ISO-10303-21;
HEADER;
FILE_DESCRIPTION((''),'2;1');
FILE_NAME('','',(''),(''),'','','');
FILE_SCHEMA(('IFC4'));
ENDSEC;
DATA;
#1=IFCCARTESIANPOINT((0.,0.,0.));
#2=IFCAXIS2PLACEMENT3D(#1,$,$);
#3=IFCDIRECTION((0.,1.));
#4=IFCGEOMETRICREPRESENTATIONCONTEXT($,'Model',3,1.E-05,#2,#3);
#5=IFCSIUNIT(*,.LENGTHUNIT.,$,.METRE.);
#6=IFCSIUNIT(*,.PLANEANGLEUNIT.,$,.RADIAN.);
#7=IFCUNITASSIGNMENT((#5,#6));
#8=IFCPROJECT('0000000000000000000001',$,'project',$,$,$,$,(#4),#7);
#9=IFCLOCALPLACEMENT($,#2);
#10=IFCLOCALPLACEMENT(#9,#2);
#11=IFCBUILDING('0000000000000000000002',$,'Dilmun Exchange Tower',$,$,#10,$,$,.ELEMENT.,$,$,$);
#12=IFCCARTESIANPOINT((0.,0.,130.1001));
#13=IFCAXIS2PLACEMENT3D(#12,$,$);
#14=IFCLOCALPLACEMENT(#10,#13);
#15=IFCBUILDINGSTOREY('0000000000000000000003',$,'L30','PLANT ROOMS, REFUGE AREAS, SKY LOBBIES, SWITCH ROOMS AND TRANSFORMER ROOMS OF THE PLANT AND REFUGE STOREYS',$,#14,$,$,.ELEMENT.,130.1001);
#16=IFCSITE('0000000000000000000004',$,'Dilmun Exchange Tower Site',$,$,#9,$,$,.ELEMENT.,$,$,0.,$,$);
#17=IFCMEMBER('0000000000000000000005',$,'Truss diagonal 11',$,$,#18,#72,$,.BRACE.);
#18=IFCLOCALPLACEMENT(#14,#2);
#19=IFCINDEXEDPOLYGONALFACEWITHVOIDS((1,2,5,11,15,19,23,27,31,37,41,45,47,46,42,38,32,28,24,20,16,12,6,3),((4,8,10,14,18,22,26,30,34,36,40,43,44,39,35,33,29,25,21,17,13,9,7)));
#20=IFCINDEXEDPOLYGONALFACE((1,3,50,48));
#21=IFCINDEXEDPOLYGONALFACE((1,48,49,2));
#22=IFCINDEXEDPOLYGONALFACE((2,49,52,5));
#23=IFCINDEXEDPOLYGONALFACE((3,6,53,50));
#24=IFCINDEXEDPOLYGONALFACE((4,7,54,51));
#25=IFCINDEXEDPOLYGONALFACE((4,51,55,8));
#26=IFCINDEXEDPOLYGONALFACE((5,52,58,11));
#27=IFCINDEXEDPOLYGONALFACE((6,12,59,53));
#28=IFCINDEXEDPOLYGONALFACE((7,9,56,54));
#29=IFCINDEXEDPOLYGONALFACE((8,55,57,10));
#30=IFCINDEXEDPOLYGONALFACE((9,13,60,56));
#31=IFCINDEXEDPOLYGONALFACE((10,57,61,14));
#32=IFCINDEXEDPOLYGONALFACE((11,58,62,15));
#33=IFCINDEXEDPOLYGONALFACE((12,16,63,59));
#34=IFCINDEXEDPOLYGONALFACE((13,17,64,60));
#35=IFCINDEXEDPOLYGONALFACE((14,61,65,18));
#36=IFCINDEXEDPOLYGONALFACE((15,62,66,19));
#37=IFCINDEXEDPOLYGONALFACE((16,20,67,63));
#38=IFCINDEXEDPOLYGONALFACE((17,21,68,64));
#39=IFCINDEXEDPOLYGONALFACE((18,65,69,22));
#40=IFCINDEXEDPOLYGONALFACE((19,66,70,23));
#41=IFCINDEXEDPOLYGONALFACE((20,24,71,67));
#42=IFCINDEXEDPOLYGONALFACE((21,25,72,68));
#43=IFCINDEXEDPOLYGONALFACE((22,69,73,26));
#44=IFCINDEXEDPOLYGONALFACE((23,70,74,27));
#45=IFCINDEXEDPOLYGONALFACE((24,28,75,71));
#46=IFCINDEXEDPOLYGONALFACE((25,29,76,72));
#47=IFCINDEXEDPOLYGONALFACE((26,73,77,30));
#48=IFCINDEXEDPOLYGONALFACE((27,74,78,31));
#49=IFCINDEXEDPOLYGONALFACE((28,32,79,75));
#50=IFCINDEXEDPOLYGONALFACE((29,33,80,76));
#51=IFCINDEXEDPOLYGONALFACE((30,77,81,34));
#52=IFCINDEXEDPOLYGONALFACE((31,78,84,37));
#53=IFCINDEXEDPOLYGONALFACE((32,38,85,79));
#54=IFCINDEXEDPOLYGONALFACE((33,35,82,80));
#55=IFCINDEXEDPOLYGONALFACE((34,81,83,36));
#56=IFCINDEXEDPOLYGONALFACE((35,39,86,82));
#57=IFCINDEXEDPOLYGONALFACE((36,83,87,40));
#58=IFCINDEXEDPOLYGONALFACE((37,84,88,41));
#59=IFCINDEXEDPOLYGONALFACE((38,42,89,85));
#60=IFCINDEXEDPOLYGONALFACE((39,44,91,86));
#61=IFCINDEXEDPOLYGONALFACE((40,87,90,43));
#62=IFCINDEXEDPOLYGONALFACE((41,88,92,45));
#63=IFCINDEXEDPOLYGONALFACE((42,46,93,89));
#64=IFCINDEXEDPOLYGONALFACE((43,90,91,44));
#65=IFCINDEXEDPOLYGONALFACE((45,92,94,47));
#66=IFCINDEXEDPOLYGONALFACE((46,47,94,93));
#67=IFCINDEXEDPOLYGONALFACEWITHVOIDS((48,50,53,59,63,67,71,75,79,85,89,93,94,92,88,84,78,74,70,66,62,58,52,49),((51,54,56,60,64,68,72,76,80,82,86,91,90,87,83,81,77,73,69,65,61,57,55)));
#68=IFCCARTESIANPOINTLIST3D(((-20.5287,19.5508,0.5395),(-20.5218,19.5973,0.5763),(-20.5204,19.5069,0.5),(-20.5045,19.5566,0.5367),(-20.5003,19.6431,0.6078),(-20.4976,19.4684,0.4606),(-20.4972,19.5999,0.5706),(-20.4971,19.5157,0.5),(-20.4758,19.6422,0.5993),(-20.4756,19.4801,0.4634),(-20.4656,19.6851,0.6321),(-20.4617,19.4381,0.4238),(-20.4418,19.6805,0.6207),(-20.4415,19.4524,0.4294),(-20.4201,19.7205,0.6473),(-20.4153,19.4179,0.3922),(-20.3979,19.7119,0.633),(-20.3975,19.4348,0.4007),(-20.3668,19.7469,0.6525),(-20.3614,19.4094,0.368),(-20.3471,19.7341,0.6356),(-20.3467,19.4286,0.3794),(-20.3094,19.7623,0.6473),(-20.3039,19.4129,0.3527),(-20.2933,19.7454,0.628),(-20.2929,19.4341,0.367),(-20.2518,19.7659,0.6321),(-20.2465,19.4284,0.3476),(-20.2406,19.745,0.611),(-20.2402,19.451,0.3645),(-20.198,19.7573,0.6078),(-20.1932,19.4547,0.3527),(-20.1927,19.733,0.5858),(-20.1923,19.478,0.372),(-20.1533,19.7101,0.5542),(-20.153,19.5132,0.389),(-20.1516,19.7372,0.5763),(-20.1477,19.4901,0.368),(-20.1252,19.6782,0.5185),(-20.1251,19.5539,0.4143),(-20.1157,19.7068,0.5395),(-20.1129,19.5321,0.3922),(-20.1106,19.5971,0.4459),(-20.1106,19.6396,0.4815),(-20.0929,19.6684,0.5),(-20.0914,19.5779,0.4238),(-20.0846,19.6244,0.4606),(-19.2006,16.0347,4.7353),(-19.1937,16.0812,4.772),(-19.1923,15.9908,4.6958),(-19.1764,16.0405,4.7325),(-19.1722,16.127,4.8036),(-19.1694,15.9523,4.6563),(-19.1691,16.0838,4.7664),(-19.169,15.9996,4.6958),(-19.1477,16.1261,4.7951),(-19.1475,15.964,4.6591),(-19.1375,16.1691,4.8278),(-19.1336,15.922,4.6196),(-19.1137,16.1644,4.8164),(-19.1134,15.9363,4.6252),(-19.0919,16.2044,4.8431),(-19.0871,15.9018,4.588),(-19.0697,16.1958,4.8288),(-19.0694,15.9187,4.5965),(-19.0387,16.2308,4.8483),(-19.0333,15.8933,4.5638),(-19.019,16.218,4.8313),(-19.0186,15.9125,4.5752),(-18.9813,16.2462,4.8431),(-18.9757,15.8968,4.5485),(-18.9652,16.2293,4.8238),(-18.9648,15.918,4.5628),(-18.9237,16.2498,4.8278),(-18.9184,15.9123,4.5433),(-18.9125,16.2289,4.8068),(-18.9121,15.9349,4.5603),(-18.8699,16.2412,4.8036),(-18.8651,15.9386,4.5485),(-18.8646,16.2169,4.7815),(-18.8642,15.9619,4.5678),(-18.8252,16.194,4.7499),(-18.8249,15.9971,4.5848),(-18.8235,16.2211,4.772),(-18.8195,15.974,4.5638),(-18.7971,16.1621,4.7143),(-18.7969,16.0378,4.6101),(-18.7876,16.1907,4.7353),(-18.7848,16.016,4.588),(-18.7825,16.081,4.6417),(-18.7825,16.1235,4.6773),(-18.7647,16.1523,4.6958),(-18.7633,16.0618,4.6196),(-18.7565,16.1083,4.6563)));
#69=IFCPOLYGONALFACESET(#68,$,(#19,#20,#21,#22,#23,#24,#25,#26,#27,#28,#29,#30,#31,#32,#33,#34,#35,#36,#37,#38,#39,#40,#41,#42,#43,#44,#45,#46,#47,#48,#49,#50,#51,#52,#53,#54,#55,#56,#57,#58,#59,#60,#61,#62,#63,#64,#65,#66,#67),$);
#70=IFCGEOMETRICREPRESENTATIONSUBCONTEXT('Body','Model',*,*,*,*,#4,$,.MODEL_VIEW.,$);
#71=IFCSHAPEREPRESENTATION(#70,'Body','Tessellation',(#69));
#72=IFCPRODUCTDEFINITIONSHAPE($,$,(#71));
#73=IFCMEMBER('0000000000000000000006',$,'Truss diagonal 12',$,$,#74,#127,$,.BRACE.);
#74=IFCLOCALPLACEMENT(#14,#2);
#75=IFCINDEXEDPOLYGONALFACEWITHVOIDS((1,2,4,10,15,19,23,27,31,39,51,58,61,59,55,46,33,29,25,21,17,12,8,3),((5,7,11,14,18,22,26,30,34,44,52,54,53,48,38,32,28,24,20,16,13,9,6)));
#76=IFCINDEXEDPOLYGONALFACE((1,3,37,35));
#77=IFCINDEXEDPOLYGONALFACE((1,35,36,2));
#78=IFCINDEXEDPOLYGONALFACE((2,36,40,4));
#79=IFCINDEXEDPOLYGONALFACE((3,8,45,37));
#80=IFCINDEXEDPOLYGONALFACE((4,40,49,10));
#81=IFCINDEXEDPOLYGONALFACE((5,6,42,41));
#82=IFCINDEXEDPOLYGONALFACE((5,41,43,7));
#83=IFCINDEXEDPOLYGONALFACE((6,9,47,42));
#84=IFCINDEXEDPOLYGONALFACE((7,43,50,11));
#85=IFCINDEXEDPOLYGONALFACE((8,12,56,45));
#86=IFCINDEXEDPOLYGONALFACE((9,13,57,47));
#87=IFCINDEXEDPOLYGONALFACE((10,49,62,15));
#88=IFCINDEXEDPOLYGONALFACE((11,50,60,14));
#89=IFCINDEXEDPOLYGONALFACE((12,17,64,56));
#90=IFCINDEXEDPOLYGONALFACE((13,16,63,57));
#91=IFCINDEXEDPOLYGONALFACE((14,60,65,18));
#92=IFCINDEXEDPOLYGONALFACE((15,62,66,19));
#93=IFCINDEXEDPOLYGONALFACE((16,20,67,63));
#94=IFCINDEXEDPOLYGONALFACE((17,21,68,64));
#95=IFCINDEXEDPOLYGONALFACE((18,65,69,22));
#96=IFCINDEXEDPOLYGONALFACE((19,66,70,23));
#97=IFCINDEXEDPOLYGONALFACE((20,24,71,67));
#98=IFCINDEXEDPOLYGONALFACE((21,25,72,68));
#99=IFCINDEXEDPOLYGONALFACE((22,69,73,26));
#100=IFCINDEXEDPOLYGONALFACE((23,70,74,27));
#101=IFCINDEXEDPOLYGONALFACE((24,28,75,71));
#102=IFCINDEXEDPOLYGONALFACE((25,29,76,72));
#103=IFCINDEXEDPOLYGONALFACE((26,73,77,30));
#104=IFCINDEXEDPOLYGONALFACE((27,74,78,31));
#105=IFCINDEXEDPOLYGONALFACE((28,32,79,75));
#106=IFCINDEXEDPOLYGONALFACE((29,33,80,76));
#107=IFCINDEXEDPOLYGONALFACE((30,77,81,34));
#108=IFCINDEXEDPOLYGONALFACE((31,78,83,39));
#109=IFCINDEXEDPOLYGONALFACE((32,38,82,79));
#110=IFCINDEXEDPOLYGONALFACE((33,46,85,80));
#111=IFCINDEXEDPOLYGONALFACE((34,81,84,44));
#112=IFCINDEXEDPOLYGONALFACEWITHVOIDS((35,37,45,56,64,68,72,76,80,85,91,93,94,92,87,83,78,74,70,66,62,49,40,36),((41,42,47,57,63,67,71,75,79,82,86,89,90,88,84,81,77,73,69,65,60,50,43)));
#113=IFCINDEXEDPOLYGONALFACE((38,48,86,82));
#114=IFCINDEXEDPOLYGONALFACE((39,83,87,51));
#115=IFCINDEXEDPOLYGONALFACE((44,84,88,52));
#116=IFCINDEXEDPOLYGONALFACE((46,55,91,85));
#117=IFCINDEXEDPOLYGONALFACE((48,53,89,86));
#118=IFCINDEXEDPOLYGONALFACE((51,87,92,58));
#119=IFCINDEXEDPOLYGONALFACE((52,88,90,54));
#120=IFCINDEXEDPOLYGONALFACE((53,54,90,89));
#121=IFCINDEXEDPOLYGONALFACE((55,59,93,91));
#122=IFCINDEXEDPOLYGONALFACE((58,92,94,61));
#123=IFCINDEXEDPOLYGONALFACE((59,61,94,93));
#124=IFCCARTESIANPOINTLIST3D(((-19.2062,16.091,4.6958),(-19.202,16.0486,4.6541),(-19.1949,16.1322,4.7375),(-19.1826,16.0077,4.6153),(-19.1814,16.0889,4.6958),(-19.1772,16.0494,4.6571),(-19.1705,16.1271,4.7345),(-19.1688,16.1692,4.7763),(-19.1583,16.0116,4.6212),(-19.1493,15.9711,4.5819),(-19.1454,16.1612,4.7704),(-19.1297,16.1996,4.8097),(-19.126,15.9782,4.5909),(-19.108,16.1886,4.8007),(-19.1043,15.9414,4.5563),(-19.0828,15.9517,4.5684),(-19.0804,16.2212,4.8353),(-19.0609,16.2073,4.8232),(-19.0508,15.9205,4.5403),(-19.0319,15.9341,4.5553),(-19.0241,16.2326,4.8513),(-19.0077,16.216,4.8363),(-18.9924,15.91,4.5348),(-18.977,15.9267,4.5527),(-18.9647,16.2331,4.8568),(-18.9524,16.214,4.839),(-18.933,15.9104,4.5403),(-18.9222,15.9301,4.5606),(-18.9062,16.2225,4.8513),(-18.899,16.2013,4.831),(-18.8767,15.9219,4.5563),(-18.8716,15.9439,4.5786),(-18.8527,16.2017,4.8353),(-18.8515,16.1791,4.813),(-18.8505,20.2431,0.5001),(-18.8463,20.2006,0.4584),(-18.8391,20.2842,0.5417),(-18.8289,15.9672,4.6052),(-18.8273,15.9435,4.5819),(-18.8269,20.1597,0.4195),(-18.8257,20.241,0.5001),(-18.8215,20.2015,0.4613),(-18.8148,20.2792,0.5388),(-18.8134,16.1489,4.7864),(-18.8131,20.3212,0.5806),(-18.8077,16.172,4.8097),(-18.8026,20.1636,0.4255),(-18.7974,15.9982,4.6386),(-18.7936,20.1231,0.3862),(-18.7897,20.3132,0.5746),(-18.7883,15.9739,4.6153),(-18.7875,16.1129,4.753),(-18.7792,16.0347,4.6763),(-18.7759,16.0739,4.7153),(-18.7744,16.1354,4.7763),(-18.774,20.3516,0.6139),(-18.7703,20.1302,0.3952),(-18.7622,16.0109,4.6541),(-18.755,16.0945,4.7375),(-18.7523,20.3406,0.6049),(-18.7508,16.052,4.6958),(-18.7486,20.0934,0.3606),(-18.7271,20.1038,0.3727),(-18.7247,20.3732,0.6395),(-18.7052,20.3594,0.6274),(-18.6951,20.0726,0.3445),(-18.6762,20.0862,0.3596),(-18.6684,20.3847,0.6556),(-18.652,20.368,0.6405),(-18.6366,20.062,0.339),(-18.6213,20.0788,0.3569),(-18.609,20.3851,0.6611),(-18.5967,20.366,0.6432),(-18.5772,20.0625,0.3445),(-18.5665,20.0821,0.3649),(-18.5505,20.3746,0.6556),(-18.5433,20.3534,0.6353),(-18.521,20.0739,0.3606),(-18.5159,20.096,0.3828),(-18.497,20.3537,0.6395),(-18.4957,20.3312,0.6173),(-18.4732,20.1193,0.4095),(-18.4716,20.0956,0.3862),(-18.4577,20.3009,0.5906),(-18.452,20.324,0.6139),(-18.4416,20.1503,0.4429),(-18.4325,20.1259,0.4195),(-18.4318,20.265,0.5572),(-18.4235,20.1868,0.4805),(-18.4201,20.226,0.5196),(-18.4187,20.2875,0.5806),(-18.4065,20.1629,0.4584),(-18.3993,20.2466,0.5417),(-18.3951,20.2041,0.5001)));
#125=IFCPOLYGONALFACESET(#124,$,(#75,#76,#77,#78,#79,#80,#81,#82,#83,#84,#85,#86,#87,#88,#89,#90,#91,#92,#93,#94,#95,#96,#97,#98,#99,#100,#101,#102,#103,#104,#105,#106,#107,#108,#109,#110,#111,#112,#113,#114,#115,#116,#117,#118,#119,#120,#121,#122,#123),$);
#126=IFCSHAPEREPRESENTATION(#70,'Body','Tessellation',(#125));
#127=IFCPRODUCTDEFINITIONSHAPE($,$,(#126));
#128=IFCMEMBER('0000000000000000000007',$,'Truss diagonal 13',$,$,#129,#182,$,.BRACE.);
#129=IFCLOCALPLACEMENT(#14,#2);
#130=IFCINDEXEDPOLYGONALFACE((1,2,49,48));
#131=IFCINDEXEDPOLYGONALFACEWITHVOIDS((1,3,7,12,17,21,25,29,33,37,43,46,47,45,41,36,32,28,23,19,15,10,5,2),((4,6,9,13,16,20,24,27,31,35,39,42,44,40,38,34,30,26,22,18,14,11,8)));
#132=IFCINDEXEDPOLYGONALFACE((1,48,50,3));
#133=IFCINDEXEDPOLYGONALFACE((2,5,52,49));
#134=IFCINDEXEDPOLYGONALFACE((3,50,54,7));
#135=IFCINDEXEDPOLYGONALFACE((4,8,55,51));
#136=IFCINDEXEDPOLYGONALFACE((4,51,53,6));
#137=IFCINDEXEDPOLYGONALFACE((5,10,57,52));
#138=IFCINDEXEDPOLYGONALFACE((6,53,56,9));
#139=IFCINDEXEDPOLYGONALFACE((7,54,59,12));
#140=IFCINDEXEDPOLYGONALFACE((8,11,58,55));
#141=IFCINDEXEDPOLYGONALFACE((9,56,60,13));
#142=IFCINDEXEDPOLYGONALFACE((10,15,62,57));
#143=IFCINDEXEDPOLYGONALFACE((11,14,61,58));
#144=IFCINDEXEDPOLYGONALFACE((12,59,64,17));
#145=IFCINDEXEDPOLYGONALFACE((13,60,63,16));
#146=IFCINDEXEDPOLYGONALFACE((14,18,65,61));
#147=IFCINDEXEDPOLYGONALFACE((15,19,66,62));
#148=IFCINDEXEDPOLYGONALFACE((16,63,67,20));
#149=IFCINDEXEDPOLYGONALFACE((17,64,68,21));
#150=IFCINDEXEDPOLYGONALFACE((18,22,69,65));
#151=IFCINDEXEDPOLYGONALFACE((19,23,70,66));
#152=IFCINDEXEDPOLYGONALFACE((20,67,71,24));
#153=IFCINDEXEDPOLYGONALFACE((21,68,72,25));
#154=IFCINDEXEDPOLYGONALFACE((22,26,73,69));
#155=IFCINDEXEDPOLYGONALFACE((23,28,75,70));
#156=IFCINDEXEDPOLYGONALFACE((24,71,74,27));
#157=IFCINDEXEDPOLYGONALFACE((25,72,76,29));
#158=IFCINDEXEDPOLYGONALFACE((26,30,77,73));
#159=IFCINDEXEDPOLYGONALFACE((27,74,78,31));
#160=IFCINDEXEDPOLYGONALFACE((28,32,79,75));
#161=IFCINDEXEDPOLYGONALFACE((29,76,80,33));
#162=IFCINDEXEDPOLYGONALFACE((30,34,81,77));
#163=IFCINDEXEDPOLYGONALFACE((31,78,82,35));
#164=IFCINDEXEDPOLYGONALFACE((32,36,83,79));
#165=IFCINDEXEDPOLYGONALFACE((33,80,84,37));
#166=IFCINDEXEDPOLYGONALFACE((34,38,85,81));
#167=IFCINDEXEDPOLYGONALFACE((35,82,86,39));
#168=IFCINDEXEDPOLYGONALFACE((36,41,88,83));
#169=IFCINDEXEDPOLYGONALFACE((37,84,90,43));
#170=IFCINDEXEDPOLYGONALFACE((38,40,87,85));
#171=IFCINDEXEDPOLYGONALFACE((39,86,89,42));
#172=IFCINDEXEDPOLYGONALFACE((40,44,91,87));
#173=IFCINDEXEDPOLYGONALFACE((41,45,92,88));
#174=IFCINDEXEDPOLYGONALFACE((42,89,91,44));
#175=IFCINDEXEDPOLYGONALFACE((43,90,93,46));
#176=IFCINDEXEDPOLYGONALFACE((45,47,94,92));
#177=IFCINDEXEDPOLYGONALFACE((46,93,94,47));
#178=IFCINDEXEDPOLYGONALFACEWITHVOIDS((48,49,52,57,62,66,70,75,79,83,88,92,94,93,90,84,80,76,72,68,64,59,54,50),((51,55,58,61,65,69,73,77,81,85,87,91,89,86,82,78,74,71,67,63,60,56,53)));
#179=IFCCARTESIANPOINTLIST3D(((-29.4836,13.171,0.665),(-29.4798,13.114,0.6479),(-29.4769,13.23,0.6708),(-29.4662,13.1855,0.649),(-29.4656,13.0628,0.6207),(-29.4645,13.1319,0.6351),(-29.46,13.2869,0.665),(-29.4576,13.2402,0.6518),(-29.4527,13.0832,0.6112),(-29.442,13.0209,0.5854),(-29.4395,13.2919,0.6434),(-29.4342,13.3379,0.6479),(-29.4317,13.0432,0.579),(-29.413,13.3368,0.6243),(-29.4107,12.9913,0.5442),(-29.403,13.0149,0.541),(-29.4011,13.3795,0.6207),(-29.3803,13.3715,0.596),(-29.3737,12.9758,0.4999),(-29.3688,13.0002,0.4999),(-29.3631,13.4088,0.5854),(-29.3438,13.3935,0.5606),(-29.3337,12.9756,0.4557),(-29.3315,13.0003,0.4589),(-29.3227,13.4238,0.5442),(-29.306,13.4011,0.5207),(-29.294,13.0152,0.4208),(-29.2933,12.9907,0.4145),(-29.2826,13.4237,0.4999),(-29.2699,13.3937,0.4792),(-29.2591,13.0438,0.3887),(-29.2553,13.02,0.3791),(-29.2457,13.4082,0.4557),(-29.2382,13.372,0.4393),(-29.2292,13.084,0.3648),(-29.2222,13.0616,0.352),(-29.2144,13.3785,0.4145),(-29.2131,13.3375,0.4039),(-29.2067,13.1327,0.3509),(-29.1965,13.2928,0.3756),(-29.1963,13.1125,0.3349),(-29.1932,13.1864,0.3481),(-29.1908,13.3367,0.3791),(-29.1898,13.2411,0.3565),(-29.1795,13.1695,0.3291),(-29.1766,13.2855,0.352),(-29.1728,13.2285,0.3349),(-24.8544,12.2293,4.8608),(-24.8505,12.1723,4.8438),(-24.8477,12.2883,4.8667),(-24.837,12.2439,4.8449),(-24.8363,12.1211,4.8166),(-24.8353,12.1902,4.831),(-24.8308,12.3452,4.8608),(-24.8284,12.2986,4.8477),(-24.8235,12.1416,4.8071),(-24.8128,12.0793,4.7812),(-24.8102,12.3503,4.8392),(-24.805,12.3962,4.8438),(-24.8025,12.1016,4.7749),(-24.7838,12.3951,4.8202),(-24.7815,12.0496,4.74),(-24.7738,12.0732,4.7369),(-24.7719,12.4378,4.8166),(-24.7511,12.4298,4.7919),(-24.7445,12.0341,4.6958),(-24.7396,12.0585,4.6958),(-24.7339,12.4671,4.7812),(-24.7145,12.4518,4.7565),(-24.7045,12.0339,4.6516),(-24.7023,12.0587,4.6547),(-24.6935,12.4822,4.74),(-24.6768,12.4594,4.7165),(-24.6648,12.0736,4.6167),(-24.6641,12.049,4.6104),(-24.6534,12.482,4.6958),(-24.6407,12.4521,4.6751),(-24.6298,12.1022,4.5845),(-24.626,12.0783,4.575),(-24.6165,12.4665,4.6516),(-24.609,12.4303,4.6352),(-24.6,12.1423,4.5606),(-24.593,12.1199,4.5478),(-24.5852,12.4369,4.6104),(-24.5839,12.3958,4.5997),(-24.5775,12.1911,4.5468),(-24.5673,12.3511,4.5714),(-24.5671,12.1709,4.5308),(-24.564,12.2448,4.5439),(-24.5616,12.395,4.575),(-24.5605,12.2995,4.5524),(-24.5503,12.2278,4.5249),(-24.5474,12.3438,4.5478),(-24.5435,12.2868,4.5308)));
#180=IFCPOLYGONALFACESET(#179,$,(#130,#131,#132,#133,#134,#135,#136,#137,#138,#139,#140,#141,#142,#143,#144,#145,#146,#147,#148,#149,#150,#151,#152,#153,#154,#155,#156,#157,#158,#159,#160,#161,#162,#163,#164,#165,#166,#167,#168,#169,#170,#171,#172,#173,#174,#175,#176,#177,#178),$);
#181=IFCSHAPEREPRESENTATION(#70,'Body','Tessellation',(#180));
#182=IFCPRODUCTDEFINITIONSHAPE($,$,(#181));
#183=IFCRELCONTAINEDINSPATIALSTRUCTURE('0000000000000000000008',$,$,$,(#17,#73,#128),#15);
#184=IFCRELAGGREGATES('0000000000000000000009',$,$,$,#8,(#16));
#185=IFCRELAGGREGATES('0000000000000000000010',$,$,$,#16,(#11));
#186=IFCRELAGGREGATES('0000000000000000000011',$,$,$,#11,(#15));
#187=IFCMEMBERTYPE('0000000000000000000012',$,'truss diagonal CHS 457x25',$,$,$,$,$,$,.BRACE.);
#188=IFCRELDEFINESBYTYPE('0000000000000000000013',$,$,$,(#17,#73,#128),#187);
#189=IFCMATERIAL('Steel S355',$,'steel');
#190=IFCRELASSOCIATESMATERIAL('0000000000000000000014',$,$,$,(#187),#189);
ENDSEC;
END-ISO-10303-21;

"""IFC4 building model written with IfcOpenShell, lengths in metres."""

from ifc_helpers import new_model, si_unit, direction, frame, origin, origin_2d, place, context, subcontext, project, spatial, hollow_circle, extrude, material, material_profile, profile_set, type_object, element, save


model = new_model("IFC4")

# Units and contexts
model_context = context("Model", 3, precision=1e-05, world=origin(), true_north=direction((0.0, 1.0)))
body_context = subcontext(model_context, "Body", "Model", "MODEL_VIEW")
ifc_project = project(units=[si_unit("LENGTHUNIT", "METRE"), si_unit("PLANEANGLEUNIT", "RADIAN")], contexts=[model_context])

# Site, building, storey
site_placement = place(None, origin())
site = spatial("IfcSite", under=ifc_project, at=site_placement, Name="Dilmun Exchange Tower Site", CompositionType="ELEMENT", RefElevation=0.0)
building_placement = place(site_placement, origin())
building = spatial("IfcBuilding", under=site, at=building_placement, Name="Dilmun Exchange Tower", CompositionType="ELEMENT")
storey_placement = place(building_placement, frame((0.0, 0.0, 130.1001)))
storey = spatial("IfcBuildingStorey", under=building, at=storey_placement, Name="L30", Description="PLANT ROOMS, REFUGE AREAS, SKY LOBBIES, SWITCH ROOMS AND TRANSFORMER ROOMS OF THE PLANT AND REFUGE STOREYS", CompositionType="ELEMENT", Elevation=130.1001)

# Shared definitions
ifc_material_1 = material(Name="Steel S355", Category="steel")

# Members
ifc_material_profile_1 = material_profile(ifc_material_1, hollow_circle(Radius=0.2285, WallThickness=0.0249, at=origin_2d()), Name="CHS 457x25")
ifc_profile_set_1 = profile_set([ifc_material_profile_1], Name="Steel S355")
member_type_1 = type_object("IfcMemberType", Name="truss diagonal CHS 457x25", PredefinedType="BRACE", material=ifc_profile_set_1)
member_1_placement = place(storey_placement, frame((-18.9785, 16.0715, 4.6958), z_axis=(-0.235772, 0.624189, -0.744849), x_axis=(-0.935488, -0.353358, 0.0)))
element("IfcMember", 1, at=member_1_placement, inside=storey, type_object=member_type_1, Name="Truss diagonal 11", PredefinedType="BRACE", context=body_context, shape_type="SweptSolid", body=[
    extrude(hollow_circle(Radius=0.2285, WallThickness=0.0249, at=origin_2d()), origin(), (0.0, 0.0, 1.0), 5.6331),
])
member_2_placement = place(storey_placement, frame((-18.9785, 16.0715, 4.6958), z_axis=(0.060151, 0.702122, -0.709512), x_axis=(-0.99635, 0.085358, 0.0)))
element("IfcMember", 2, at=member_2_placement, inside=storey, type_object=member_type_1, Name="Truss diagonal 12", PredefinedType="BRACE", context=body_context, shape_type="SweptSolid", body=[
    extrude(hollow_circle(Radius=0.2285, WallThickness=0.0249, at=origin_2d()), origin(), (0.0, 0.0, 1.0), 5.9136),
])
member_3_placement = place(storey_placement, frame((-24.699, 12.2581, 4.6958), z_axis=(-0.732662, 0.149036, -0.664075), x_axis=(-0.199335, -0.979931, 0.0)))
element("IfcMember", 3, at=member_3_placement, inside=storey, type_object=member_type_1, Name="Truss diagonal 13", PredefinedType="BRACE", context=body_context, shape_type="SweptSolid", body=[
    extrude(hollow_circle(Radius=0.2285, WallThickness=0.0249, at=origin_2d()), origin(), (0.0, 0.0, 1.0), 6.3184),
])

save(model, "model.ifc")
